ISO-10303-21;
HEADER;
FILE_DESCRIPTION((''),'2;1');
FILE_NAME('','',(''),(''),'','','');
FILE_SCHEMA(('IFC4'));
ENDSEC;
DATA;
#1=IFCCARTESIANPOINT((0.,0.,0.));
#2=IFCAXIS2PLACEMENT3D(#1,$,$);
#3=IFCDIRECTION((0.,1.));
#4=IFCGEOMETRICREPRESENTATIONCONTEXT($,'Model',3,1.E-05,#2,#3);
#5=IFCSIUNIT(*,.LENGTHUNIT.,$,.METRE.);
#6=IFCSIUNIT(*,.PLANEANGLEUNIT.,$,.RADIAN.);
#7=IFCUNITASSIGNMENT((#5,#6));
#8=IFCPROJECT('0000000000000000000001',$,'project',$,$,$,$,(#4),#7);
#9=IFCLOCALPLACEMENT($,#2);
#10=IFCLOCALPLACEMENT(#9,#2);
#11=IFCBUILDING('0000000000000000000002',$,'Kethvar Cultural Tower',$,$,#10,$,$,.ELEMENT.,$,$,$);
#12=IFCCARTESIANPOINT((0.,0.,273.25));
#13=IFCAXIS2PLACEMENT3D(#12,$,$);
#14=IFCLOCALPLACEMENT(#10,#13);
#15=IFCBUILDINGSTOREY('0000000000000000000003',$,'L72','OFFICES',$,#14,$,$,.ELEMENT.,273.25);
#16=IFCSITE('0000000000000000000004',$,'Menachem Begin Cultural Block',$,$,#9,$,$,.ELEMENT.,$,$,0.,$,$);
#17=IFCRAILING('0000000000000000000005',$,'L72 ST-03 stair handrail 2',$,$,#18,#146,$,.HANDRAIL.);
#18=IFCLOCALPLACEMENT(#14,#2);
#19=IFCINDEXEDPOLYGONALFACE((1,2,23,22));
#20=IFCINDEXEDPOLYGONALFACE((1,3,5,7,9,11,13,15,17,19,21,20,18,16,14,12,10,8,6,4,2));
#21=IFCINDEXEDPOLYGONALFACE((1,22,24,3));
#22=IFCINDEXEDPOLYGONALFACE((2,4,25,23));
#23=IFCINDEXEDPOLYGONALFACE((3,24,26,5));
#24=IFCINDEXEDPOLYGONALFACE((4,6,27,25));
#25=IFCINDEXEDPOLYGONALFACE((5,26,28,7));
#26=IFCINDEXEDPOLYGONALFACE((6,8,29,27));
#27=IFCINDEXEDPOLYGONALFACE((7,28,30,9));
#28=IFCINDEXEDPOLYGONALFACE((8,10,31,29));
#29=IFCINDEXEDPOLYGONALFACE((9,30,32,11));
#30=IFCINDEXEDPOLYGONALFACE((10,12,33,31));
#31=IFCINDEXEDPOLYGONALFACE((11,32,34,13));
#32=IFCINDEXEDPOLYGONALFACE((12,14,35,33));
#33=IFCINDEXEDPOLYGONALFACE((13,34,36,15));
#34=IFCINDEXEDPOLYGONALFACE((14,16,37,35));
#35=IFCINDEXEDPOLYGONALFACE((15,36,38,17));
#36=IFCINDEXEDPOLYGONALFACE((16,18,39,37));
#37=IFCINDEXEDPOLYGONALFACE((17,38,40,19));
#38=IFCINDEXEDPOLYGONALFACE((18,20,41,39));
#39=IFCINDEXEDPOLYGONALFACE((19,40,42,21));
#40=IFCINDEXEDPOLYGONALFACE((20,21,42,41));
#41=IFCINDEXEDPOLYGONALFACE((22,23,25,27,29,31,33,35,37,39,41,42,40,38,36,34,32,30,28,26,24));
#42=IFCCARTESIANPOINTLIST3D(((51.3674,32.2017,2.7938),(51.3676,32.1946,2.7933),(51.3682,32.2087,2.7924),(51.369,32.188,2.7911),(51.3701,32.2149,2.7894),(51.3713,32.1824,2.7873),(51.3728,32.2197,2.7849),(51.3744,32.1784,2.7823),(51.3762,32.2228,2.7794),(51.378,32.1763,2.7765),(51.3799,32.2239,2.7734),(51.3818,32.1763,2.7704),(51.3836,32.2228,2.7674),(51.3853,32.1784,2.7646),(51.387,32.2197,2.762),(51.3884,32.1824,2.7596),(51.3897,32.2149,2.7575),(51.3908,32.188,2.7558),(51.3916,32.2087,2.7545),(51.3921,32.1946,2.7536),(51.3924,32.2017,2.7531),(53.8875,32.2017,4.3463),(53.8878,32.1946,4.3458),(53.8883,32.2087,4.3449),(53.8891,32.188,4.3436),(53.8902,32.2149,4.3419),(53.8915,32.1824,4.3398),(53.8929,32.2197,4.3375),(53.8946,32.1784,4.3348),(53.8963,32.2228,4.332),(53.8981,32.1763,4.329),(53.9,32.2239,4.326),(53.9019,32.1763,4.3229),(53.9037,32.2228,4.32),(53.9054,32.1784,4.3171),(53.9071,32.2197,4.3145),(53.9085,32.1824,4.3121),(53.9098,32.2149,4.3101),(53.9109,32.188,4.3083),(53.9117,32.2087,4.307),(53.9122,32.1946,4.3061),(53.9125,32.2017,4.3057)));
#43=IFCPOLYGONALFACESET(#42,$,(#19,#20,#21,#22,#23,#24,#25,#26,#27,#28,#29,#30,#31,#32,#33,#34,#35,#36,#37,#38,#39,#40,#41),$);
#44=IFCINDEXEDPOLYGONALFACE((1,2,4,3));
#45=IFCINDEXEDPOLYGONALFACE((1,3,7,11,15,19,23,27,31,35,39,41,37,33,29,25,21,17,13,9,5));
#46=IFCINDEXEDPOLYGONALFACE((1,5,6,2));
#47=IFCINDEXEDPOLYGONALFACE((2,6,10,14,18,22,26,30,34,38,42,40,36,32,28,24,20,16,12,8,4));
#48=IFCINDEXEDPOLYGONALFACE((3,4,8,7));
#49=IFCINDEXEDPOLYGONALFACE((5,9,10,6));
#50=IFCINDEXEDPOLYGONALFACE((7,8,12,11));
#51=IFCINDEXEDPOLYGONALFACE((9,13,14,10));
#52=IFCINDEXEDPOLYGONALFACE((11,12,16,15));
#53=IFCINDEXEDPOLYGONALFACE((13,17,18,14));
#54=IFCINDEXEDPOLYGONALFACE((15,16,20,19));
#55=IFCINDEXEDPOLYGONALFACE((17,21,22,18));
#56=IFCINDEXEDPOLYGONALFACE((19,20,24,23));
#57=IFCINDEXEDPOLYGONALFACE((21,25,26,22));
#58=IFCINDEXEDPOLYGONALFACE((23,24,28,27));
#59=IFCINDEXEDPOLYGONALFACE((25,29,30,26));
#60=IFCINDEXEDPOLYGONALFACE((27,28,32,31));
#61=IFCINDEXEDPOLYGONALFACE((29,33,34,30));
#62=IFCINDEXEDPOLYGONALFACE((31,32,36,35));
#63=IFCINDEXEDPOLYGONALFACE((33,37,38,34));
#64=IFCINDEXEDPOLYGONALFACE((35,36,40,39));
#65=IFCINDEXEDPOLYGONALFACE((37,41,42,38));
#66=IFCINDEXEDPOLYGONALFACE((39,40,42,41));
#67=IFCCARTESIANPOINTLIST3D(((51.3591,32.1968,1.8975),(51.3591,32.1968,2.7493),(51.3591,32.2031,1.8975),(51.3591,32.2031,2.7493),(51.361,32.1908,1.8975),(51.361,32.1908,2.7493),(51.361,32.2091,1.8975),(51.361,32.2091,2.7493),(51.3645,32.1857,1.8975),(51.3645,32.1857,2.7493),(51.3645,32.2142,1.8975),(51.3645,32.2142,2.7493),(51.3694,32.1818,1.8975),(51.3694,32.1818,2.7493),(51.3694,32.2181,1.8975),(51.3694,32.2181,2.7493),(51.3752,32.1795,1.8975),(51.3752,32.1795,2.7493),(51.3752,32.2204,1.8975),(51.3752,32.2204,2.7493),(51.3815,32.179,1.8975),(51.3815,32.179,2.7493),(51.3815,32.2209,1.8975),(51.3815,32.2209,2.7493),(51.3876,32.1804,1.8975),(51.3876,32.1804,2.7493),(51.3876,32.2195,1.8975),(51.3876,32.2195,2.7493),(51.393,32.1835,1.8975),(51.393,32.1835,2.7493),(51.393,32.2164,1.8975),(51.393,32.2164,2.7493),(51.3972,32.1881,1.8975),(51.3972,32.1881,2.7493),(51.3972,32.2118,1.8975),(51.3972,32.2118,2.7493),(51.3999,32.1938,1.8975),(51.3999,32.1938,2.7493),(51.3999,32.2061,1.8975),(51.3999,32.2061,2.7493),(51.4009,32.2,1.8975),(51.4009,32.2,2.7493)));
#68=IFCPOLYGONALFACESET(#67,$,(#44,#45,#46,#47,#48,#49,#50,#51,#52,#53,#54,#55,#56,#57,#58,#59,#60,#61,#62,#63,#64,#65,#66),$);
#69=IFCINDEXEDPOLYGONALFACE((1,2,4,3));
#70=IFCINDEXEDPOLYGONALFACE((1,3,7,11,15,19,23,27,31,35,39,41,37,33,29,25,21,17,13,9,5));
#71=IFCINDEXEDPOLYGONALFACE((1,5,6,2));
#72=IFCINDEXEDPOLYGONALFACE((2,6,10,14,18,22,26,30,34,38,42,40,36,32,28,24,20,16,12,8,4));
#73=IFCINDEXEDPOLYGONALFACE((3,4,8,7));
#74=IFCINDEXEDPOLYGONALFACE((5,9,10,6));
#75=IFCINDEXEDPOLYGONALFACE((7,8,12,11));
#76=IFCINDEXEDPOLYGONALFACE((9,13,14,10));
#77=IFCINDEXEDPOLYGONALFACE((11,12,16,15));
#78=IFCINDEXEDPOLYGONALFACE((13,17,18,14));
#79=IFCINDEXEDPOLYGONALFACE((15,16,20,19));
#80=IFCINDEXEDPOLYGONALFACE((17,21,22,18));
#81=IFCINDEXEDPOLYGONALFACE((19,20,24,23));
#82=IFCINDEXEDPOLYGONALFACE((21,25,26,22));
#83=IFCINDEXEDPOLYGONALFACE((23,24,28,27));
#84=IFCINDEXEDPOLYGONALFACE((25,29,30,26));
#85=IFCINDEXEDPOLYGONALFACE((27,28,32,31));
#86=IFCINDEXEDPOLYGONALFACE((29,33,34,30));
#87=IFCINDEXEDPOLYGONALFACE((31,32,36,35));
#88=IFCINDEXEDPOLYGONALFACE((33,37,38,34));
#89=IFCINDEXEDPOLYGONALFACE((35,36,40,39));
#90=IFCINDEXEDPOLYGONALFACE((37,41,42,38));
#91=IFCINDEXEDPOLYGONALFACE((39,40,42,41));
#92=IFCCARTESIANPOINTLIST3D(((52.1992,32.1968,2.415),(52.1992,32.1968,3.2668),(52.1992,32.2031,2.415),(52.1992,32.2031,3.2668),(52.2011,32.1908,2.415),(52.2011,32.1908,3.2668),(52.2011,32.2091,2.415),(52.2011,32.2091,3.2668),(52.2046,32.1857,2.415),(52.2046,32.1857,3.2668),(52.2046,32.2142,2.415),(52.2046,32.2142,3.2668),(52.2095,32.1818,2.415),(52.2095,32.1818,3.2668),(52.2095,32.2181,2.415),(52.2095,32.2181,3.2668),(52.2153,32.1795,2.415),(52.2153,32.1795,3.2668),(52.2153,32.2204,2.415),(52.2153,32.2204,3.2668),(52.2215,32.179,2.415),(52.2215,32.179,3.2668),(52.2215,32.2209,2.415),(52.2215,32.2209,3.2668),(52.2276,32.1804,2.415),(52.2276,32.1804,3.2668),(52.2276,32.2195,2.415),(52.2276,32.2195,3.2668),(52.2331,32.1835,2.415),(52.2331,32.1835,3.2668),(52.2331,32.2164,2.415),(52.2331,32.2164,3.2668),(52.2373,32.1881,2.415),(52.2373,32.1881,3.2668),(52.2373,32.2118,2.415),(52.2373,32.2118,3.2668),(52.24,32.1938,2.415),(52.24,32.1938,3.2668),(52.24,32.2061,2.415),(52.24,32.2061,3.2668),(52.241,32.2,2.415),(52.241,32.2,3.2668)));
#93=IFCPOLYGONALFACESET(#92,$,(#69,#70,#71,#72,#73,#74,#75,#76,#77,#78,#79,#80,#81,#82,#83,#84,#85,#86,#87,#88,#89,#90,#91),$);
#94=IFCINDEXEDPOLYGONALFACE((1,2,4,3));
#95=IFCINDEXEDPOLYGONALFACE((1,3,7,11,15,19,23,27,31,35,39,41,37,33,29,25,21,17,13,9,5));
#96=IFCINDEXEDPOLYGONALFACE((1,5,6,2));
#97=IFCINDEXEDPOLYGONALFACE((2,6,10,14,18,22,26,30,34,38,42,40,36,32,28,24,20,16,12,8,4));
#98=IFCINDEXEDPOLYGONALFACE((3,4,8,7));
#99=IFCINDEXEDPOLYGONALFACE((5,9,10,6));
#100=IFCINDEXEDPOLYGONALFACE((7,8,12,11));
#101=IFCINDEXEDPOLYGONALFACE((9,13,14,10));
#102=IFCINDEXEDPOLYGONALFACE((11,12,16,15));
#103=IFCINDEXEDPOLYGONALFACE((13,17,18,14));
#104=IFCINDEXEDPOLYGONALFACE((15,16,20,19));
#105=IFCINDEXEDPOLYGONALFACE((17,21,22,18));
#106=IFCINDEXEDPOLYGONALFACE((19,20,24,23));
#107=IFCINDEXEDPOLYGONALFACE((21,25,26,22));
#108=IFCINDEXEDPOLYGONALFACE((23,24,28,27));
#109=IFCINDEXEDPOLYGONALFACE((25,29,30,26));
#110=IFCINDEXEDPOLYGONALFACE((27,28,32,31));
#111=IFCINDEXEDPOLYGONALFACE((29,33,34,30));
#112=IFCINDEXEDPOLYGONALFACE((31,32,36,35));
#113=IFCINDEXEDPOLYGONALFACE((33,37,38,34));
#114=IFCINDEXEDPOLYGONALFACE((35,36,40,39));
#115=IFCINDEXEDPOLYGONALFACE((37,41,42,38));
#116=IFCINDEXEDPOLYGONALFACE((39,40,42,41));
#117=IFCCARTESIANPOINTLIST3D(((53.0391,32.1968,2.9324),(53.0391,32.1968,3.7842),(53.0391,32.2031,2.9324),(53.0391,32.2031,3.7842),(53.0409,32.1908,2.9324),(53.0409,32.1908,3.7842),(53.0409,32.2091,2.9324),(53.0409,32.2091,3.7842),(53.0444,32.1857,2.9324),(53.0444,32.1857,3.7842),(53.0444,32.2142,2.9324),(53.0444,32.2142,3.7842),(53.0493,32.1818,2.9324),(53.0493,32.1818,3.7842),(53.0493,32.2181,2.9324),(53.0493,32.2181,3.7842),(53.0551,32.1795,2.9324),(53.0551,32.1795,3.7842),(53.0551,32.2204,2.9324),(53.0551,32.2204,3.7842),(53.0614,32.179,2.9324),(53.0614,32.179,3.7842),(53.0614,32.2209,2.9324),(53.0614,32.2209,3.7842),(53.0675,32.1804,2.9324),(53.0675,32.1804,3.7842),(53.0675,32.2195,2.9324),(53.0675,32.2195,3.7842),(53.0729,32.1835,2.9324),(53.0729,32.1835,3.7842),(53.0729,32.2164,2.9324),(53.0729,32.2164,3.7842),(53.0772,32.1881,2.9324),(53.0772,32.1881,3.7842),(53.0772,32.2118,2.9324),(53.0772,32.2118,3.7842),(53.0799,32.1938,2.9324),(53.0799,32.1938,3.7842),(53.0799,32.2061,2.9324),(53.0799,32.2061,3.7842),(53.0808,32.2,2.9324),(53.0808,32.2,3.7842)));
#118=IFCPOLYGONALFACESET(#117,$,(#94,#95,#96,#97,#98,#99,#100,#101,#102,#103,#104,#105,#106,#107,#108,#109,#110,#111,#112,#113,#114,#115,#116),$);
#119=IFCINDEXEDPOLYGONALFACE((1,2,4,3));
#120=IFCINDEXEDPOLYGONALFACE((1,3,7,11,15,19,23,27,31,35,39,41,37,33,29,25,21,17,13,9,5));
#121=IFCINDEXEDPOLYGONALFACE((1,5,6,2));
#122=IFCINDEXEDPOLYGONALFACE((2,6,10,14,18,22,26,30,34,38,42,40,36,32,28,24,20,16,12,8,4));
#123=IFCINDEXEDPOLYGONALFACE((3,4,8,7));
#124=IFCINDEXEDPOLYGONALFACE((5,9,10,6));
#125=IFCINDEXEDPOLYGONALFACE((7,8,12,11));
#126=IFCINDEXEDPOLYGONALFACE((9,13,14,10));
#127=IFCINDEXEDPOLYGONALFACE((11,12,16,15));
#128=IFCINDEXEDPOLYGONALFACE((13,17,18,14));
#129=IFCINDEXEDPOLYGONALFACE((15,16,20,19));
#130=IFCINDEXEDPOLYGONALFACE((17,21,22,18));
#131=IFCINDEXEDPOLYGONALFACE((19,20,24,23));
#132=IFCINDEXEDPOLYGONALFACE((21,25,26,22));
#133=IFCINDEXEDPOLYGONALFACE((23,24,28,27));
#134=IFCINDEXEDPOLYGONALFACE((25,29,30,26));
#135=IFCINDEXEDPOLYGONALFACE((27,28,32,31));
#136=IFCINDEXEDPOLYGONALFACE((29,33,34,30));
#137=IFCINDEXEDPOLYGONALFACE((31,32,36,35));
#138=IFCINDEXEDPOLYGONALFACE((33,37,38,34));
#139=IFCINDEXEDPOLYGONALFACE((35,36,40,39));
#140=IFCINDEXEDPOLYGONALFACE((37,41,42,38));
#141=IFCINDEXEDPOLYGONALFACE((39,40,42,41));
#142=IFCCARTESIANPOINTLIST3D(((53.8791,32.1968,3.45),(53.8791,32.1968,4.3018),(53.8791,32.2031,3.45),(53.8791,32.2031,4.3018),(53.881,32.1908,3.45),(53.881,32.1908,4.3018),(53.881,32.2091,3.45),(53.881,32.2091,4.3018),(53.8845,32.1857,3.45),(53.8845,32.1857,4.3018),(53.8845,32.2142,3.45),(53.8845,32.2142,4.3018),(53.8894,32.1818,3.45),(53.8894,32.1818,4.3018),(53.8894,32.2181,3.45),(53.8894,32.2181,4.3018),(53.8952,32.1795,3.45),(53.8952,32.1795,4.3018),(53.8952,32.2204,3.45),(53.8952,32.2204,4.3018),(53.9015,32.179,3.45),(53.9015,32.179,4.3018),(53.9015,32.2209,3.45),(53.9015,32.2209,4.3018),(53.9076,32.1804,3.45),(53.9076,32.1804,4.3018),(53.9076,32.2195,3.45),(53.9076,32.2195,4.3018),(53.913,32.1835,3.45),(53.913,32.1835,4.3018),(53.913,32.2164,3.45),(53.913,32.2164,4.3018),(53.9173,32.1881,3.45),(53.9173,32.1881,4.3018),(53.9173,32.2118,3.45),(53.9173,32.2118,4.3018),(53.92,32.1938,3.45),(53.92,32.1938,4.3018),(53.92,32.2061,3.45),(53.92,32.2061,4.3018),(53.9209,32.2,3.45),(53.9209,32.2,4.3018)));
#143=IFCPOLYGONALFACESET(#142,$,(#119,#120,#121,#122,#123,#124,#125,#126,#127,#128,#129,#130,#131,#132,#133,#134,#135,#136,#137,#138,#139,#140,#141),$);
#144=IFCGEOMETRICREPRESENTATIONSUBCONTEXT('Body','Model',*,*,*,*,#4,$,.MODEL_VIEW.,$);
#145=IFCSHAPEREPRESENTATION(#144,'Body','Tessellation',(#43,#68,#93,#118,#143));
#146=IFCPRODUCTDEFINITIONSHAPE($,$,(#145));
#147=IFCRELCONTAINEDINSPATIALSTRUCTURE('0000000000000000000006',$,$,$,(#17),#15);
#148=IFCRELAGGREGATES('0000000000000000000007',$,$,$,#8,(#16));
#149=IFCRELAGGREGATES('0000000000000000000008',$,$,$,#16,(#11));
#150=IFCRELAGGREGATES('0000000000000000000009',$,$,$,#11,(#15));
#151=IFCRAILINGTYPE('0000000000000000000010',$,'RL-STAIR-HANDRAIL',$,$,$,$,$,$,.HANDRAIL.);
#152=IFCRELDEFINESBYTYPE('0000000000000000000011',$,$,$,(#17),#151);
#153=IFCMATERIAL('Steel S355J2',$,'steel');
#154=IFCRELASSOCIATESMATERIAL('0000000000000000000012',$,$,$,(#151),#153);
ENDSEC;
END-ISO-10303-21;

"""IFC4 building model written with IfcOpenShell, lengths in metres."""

from ifc_helpers import new_model, si_unit, direction, frame, origin, origin_2d, place, context, subcontext, project, spatial, circle, extrude, material, type_object, element, save


model = new_model("IFC4")

# Units and contexts
model_context = context("Model", 3, precision=1e-05, world=origin(), true_north=direction((0.0, 1.0)))
body_context = subcontext(model_context, "Body", "Model", "MODEL_VIEW")
ifc_project = project(units=[si_unit("LENGTHUNIT", "METRE"), si_unit("PLANEANGLEUNIT", "RADIAN")], contexts=[model_context])

# Site, building, storey
site_placement = place(None, origin())
site = spatial("IfcSite", under=ifc_project, at=site_placement, Name="Menachem Begin Cultural Block", CompositionType="ELEMENT", RefElevation=0.0)
building_placement = place(site_placement, origin())
building = spatial("IfcBuilding", under=site, at=building_placement, Name="Kethvar Cultural Tower", CompositionType="ELEMENT")
storey_placement = place(building_placement, frame((0.0, 0.0, 273.25)))
storey = spatial("IfcBuildingStorey", under=building, at=storey_placement, Name="L72", Description="OFFICES", CompositionType="ELEMENT", Elevation=273.25)

# Shared definitions
ifc_material_1 = material(Name="Steel S355J2", Category="steel")

# Railing
railing_type_1 = type_object("IfcRailingType", Name="RL-STAIR-HANDRAIL", PredefinedType="HANDRAIL", material=ifc_material_1)
railing_1_placement = place(storey_placement, frame((51.3799, 32.2, 1.8975)))
element("IfcRailing", 1, at=railing_1_placement, inside=storey, type_object=railing_type_1, Name="L72 ST-03 stair handrail 2", PredefinedType="HANDRAIL", context=body_context, shape_type="SweptSolid", body=[
    extrude(circle(Radius=0.0239, at=origin_2d()), frame((0.0, 0.0, 0.876), z_axis=(0.8514, 0.0, 0.524516), x_axis=(0.0, 1.0, 0.0)), (0.0, 0.0, 1.0), 2.96),
    extrude(circle(Radius=0.021, at=origin_2d()), origin(), (0.0, 0.0, 1.0), 0.8518),
    extrude(circle(Radius=0.021, at=origin_2d()), frame((0.8401, 0.0, 0.5176)), (0.0, 0.0, 1.0), 0.8518),
    extrude(circle(Radius=0.021, at=origin_2d()), frame((1.6799, 0.0, 1.0349)), (0.0, 0.0, 1.0), 0.8518),
    extrude(circle(Radius=0.021, at=origin_2d()), frame((2.52, 0.0, 1.5525)), (0.0, 0.0, 1.0), 0.8518),
])

save(model, "model.ifc")
